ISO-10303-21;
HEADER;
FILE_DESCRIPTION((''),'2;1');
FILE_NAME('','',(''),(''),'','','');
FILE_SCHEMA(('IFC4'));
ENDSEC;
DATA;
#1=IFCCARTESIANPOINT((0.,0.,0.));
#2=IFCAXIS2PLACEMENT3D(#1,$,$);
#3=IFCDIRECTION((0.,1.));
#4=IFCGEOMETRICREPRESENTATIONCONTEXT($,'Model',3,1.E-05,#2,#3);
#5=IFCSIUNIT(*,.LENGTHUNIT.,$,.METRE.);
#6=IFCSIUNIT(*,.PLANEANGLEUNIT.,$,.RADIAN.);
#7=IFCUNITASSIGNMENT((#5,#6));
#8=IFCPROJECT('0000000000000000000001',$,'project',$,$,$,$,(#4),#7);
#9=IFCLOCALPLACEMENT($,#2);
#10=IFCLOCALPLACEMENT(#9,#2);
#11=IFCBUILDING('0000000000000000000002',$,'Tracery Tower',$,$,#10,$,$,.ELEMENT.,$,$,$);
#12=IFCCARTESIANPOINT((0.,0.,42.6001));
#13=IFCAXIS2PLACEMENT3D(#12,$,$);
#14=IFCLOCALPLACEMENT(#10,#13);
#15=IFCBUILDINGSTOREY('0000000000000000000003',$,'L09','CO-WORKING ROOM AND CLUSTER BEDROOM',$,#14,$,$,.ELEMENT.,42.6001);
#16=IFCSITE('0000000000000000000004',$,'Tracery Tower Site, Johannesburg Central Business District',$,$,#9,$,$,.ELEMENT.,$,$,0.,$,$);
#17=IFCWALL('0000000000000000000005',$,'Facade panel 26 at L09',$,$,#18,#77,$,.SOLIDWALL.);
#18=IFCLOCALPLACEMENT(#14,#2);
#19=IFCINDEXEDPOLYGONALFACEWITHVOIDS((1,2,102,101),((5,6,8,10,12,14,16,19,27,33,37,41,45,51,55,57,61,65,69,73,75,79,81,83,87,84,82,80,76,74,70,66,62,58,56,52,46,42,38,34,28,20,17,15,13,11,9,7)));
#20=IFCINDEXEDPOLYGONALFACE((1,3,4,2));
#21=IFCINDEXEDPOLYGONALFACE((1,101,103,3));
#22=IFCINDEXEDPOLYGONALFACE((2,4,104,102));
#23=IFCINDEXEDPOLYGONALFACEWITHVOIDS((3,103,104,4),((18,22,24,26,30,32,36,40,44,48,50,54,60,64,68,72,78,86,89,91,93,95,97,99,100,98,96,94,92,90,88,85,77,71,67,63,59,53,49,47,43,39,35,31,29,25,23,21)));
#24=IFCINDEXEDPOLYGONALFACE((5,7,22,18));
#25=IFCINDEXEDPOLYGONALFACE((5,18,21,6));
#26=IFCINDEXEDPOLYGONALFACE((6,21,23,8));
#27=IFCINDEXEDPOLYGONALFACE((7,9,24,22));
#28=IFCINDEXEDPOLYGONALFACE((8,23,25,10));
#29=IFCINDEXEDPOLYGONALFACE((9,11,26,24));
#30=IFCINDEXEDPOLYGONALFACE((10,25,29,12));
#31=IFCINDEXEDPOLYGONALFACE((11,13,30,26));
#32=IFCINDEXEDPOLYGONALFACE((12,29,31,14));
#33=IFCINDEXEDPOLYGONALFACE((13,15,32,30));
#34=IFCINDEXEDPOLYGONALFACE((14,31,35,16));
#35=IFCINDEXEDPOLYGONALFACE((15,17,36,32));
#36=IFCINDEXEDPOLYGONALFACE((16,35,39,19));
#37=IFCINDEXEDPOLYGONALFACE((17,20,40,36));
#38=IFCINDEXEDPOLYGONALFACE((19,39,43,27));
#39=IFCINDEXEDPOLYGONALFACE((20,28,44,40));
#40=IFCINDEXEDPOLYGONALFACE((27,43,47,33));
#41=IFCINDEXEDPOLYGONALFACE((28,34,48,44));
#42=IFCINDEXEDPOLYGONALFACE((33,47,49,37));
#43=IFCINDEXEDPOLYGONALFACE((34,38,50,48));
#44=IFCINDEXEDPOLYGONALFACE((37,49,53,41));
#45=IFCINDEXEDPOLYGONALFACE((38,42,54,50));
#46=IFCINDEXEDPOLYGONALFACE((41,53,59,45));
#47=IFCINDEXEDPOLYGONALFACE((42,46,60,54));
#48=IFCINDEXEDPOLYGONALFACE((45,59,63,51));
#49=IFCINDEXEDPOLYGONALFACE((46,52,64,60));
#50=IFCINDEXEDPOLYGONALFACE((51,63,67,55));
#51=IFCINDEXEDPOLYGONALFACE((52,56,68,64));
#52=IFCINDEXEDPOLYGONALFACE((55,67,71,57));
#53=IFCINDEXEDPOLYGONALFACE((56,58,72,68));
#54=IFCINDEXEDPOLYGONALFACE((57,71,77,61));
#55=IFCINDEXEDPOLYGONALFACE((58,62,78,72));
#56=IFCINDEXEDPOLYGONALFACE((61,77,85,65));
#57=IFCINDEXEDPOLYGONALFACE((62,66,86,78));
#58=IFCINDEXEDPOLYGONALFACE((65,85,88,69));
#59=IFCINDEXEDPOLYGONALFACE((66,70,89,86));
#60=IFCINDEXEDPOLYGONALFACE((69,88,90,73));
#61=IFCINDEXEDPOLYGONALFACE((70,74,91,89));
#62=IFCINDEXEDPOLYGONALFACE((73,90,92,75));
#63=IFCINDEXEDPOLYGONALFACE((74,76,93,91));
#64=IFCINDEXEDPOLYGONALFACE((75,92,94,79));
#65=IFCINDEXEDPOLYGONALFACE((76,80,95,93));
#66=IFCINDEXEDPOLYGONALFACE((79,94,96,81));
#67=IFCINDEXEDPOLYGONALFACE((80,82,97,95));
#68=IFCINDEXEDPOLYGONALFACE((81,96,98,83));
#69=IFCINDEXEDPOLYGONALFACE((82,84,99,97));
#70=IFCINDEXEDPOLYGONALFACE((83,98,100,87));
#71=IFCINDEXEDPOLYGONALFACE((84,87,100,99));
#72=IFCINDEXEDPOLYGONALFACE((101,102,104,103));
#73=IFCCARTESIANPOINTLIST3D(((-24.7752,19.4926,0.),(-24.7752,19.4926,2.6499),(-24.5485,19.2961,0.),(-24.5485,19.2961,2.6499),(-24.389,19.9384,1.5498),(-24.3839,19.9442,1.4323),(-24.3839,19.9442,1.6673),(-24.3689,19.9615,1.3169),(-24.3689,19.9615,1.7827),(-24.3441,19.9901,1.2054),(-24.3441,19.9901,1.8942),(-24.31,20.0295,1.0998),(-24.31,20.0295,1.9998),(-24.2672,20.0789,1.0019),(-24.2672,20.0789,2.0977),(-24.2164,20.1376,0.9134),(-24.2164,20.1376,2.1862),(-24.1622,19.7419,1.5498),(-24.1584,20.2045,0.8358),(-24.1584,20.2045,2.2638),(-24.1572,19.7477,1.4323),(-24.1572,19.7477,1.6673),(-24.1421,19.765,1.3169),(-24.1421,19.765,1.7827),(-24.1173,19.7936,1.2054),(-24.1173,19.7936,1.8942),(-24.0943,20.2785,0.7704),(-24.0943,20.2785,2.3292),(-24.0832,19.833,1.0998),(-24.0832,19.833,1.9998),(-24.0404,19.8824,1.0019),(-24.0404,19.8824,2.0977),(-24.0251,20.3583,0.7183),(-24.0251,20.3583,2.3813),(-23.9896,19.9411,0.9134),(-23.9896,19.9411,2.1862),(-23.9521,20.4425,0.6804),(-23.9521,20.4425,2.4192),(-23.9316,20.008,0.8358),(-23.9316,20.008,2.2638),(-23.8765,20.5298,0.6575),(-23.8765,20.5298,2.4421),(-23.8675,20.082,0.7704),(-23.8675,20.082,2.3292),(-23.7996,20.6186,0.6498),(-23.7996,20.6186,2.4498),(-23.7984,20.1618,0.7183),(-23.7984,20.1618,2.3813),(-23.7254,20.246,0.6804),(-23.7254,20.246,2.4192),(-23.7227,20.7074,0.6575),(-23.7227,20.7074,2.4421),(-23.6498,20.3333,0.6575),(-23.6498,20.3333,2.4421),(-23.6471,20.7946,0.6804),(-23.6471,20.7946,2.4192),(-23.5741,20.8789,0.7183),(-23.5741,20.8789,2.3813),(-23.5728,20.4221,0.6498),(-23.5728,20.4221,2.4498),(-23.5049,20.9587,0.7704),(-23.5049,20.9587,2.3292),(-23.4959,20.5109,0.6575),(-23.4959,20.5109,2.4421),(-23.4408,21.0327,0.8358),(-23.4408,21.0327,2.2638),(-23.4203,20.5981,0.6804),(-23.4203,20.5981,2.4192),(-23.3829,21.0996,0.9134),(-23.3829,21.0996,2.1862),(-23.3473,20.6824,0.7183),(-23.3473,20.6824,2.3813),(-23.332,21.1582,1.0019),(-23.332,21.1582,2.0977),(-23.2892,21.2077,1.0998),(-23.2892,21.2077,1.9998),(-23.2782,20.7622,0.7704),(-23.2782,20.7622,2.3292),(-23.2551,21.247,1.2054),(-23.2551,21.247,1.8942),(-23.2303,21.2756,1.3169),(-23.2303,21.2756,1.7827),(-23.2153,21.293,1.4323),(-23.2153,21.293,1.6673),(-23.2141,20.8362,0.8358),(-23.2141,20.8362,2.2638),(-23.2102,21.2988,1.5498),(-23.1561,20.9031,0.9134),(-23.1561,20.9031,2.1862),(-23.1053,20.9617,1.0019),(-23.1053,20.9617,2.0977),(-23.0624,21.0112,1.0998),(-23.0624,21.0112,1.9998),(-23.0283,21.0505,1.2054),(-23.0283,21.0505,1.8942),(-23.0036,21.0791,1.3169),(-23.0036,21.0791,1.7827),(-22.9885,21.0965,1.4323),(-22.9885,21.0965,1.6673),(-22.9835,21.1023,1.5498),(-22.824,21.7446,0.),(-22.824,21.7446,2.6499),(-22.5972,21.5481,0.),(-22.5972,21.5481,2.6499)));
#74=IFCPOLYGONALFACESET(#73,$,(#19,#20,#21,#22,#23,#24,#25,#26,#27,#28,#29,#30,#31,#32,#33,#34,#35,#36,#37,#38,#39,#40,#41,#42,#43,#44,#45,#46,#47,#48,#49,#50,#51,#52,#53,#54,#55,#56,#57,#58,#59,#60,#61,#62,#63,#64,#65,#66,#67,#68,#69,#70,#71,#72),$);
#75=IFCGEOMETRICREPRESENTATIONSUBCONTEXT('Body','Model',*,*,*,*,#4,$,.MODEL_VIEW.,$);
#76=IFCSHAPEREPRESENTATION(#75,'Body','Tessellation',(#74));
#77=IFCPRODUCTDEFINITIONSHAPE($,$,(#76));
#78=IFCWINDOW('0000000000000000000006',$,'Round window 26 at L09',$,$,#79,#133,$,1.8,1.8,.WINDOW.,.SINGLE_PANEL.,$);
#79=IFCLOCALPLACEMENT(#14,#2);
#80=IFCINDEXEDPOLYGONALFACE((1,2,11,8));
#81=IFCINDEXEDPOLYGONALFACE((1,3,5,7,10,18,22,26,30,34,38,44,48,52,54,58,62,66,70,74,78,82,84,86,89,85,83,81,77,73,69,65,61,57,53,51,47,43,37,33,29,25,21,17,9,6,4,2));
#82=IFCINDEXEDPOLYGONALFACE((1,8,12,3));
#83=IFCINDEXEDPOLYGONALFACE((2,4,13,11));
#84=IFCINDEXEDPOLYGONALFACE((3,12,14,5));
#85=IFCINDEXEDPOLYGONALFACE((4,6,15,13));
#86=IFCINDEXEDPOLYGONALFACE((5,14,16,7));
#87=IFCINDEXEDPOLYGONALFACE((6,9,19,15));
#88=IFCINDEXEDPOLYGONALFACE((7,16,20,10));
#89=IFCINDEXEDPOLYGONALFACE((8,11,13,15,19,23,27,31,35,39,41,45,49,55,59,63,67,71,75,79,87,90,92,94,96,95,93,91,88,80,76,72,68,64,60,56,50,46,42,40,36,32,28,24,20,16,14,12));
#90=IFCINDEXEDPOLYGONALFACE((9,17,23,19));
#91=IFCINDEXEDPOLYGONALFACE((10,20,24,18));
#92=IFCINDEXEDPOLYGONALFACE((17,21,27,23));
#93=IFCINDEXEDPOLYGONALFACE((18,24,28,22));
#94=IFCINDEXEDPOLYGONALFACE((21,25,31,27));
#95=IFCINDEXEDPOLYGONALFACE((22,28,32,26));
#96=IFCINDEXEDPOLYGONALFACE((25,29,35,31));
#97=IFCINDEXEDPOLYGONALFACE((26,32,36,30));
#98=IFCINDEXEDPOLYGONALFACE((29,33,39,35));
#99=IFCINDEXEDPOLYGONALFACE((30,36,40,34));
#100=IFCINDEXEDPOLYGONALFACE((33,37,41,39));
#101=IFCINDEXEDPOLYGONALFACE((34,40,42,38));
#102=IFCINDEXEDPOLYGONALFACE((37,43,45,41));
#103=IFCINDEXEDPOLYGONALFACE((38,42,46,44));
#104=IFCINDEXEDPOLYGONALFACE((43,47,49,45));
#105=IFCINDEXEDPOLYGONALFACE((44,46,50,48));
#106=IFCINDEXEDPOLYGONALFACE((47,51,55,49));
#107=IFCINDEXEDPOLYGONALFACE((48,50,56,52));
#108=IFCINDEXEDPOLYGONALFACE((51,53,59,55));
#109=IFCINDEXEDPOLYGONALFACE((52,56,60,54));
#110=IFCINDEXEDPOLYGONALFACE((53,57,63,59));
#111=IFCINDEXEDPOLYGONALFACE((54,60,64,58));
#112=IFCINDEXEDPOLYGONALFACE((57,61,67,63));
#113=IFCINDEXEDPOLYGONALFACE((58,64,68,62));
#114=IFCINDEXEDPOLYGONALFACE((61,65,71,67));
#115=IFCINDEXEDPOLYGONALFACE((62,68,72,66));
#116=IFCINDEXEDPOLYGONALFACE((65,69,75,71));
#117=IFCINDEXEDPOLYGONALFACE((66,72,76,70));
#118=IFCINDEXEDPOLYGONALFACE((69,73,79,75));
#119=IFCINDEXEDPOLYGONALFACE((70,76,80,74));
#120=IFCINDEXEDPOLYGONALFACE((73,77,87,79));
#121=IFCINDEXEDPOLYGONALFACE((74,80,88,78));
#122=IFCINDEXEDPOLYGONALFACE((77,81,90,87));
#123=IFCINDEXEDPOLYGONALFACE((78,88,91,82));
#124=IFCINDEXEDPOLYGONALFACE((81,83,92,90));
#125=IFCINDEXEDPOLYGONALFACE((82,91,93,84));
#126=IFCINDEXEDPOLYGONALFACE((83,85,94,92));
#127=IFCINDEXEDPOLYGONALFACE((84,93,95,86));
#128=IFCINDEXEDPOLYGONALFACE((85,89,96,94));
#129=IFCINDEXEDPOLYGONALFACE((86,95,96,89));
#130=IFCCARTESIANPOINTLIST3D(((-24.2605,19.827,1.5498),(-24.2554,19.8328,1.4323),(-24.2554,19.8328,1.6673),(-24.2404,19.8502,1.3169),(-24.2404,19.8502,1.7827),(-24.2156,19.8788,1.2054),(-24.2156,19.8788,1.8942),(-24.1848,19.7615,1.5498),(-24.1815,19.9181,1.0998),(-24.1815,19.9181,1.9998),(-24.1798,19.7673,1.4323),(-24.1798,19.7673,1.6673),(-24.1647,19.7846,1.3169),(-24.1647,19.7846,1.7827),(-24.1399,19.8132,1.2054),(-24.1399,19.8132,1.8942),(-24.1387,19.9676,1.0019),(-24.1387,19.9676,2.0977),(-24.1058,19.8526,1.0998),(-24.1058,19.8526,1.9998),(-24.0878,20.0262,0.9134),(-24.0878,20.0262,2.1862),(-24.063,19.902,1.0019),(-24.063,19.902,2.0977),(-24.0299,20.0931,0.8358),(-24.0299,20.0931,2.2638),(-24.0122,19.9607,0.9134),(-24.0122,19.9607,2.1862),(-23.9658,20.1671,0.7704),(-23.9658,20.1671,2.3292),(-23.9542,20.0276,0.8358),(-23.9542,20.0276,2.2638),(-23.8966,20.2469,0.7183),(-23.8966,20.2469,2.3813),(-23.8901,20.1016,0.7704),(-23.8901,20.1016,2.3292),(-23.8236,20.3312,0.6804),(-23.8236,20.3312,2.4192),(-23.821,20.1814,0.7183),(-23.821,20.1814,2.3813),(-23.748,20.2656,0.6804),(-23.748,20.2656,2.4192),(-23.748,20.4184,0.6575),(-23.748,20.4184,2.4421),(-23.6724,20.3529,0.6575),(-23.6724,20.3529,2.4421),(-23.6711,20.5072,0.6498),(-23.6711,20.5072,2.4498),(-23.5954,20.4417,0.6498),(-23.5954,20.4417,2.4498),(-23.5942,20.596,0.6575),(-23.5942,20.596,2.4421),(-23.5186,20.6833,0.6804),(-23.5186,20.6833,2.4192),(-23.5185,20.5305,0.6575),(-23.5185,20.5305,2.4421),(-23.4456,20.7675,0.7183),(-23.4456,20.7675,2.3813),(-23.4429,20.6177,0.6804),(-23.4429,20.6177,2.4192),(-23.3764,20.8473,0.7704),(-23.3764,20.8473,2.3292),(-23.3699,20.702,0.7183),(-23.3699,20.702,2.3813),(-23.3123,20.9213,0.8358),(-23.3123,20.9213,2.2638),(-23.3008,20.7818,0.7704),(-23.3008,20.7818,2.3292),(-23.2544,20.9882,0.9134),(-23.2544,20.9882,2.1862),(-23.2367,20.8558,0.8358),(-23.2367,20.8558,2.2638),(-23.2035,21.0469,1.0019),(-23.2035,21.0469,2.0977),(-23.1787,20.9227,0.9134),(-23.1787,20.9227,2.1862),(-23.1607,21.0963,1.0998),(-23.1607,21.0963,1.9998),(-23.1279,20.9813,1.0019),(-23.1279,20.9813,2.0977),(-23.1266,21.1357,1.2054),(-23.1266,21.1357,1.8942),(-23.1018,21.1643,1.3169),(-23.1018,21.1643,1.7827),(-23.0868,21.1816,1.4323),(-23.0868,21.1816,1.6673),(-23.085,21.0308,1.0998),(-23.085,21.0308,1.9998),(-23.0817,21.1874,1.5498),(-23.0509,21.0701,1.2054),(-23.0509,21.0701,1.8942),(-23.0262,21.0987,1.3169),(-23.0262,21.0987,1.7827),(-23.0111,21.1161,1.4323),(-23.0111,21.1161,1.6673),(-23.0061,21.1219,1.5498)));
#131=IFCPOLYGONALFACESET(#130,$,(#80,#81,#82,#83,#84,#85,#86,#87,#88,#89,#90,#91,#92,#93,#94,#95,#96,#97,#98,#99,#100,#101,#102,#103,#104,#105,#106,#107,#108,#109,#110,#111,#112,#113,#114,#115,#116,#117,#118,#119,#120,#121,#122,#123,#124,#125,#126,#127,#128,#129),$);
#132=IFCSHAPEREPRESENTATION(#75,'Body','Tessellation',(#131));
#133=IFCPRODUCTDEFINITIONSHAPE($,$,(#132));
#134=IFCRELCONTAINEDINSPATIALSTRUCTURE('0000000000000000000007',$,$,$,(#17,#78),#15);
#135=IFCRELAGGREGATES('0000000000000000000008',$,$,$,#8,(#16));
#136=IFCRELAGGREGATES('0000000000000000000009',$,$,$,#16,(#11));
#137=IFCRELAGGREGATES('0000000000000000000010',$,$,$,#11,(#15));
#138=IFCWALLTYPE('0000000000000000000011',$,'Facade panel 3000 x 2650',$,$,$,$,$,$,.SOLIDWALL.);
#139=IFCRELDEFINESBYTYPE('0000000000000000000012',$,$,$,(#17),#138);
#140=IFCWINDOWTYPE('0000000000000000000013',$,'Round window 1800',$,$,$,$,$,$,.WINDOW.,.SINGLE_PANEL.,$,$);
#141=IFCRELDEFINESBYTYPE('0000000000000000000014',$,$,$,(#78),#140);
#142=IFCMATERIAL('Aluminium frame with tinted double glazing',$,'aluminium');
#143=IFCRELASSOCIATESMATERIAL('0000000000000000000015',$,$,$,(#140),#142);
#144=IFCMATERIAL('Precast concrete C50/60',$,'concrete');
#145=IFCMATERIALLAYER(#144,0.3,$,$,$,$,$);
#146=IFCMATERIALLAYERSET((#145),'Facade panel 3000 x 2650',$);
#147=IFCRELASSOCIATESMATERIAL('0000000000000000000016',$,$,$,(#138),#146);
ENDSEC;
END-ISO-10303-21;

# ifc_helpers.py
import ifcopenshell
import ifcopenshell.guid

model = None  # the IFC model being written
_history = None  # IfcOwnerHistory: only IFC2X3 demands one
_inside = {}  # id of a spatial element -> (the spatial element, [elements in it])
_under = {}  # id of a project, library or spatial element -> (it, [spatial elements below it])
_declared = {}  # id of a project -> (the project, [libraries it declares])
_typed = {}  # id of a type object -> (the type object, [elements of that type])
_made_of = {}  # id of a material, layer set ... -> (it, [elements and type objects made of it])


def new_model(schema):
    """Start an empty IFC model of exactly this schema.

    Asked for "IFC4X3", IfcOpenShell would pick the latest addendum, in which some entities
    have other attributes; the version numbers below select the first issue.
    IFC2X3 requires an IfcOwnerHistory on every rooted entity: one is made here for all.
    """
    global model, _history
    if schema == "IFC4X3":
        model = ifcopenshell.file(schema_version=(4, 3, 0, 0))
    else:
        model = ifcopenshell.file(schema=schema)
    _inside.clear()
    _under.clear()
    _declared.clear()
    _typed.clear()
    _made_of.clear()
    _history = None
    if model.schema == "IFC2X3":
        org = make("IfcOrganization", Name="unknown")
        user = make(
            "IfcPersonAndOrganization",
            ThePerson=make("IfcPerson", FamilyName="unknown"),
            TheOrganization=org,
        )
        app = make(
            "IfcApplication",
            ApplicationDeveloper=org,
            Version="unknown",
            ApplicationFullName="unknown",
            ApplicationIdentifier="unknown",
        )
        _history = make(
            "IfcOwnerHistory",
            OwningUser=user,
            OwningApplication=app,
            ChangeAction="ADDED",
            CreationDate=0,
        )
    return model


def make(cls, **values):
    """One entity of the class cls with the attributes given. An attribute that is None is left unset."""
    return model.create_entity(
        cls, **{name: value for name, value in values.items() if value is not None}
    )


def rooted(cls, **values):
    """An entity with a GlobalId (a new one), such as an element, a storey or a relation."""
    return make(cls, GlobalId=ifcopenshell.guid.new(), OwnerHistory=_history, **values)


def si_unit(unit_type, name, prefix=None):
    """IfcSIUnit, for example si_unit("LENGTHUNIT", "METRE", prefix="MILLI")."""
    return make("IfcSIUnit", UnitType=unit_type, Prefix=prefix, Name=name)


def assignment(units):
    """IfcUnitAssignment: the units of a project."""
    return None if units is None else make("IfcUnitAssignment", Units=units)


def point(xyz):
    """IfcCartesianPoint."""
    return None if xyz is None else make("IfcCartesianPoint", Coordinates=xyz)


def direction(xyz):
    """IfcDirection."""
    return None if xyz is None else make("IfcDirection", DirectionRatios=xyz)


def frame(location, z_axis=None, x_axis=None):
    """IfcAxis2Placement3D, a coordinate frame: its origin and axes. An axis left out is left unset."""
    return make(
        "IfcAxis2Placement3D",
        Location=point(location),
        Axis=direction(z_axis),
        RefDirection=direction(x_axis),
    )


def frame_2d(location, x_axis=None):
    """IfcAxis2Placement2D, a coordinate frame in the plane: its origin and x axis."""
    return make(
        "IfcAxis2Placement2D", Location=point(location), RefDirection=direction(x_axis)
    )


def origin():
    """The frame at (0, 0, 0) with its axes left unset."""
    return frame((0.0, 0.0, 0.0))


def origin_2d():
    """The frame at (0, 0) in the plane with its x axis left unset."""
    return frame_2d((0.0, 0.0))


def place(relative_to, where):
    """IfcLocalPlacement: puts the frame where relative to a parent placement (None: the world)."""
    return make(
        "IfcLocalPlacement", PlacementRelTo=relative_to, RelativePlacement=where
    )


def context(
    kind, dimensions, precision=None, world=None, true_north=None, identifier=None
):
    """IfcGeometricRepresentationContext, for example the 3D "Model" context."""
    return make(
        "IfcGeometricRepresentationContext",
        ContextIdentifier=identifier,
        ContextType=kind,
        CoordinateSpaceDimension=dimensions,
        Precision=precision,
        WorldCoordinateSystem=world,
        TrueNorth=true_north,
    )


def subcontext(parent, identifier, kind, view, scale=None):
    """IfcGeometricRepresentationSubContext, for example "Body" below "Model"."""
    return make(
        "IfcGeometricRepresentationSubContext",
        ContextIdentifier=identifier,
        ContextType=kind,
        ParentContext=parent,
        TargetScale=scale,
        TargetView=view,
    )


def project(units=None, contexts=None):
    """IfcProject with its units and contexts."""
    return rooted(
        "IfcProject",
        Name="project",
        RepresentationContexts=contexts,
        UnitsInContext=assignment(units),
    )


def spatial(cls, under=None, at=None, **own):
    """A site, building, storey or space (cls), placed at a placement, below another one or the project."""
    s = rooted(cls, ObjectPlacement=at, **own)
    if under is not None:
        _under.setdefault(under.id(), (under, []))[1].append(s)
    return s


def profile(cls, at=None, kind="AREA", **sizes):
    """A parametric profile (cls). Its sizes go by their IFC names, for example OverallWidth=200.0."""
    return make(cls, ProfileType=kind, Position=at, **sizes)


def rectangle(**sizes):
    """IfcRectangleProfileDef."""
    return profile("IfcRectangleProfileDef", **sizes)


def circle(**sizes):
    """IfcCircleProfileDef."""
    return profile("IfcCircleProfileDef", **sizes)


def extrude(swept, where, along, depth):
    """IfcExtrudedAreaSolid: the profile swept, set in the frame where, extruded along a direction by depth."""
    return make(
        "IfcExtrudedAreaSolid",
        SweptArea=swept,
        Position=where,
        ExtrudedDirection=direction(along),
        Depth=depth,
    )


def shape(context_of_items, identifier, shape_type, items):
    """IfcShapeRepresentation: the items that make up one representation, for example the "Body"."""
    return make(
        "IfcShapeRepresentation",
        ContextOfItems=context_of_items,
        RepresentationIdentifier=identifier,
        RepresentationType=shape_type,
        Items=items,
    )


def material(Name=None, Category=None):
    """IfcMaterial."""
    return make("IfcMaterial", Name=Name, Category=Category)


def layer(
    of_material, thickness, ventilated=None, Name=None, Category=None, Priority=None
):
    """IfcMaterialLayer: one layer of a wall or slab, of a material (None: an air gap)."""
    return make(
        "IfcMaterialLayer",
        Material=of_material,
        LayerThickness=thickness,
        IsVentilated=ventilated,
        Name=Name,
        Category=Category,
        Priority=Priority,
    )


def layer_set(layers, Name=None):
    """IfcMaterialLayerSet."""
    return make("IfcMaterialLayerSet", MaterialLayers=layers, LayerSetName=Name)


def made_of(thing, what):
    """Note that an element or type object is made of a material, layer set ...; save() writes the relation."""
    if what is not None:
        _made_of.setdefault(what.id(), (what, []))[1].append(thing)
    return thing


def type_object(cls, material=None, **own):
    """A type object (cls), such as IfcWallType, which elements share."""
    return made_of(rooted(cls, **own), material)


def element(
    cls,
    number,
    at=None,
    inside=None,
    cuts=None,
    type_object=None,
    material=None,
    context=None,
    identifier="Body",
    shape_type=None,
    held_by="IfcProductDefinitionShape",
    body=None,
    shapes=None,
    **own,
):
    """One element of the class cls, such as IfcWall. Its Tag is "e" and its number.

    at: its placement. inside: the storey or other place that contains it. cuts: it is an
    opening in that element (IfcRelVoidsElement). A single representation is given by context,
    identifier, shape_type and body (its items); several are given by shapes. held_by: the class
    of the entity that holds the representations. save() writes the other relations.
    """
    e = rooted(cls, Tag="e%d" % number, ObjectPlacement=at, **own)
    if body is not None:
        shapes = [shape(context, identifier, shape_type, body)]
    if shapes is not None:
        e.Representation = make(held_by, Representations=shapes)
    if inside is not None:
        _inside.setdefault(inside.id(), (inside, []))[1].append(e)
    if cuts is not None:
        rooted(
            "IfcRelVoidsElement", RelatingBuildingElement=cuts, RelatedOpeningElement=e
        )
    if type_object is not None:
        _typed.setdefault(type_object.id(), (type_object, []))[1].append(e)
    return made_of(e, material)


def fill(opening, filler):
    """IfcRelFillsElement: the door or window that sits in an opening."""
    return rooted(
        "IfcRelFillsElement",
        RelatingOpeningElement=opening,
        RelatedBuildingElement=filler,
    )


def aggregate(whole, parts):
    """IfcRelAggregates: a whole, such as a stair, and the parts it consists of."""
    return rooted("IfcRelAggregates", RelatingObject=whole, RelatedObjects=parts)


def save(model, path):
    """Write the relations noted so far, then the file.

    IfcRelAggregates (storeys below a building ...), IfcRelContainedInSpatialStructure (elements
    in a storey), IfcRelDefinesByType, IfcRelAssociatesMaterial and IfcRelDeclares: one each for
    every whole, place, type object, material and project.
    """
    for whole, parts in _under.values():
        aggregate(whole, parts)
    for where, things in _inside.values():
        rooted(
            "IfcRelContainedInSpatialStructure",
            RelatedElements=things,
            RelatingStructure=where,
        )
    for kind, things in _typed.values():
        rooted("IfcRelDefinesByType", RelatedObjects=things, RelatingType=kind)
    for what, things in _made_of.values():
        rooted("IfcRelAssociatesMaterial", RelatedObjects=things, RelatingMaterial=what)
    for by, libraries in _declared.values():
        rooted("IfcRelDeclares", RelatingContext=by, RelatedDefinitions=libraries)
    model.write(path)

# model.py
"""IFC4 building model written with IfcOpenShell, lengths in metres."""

from ifc_helpers import new_model, si_unit, direction, frame, frame_2d, origin, origin_2d, place, context, subcontext, project, spatial, rectangle, circle, extrude, material, layer, layer_set, type_object, element, fill, save


model = new_model("IFC4")

# Units and contexts
model_context = context("Model", 3, precision=1e-05, world=origin(), true_north=direction((0.0, 1.0)))
body_context = subcontext(model_context, "Body", "Model", "MODEL_VIEW")
ifc_project = project(units=[si_unit("LENGTHUNIT", "METRE"), si_unit("PLANEANGLEUNIT", "RADIAN")], contexts=[model_context])

# Site, building, storey
site_placement = place(None, origin())
site = spatial("IfcSite", under=ifc_project, at=site_placement, Name="Tracery Tower Site, Johannesburg Central Business District", CompositionType="ELEMENT", RefElevation=0.0)
building_placement = place(site_placement, origin())
building = spatial("IfcBuilding", under=site, at=building_placement, Name="Tracery Tower", CompositionType="ELEMENT")
storey_placement = place(building_placement, frame((0.0, 0.0, 42.6001)))
storey = spatial("IfcBuildingStorey", under=building, at=storey_placement, Name="L09", Description="CO-WORKING ROOM AND CLUSTER BEDROOM", CompositionType="ELEMENT", Elevation=42.6001)

# Wall, opening, window
ifc_material_1 = material(Name="Aluminium frame with tinted double glazing", Category="aluminium")
window_type = type_object("IfcWindowType", Name="Round window 1800", PartitioningType="SINGLE_PANEL", PredefinedType="WINDOW", material=ifc_material_1)
ifc_material_2 = material(Name="Precast concrete C50/60", Category="concrete")
ifc_layer_1 = layer(ifc_material_2, 0.3)
ifc_layer_set_1 = layer_set([ifc_layer_1], Name="Facade panel 3000 x 2650")
wall_type_1 = type_object("IfcWallType", Name="Facade panel 3000 x 2650", PredefinedType="SOLIDWALL", material=ifc_layer_set_1)
wall_1_placement = place(storey_placement, frame((-22.7107, 21.6462, 0.0), z_axis=(0.0, 0.0, 1.0), x_axis=(-0.654831, -0.755776, 0.0)))
wall_1 = element("IfcWall", 1, at=wall_1_placement, inside=storey, type_object=wall_type_1, Name="Facade panel 26 at L09", PredefinedType="SOLIDWALL", context=body_context, shape_type="SweptSolid", body=[
    extrude(rectangle(XDim=2.9797, YDim=0.3, at=frame_2d((1.4897, 0.0))), origin(), (0.0, 0.0, 1.0), 2.6499),
])
opening_1_placement = place(wall_1_placement, frame((1.4897, 0.0, 1.5498)))
opening_1 = element("IfcOpeningElement", 2, at=opening_1_placement, cuts=wall_1, PredefinedType="OPENING", context=body_context, shape_type="SweptSolid", body=[
    extrude(circle(Radius=0.9, at=origin_2d()), frame((0.0, 0.1599, 0.0), z_axis=(0.0, -1.0, 0.0), x_axis=(1.0, 0.0, 0.0)), (0.0, 0.0, 1.0), 0.3201),
])
window_1_placement = place(opening_1_placement, origin())
window_1 = element("IfcWindow", 3, at=window_1_placement, inside=storey, type_object=window_type, Name="Round window 26 at L09", OverallHeight=1.8, OverallWidth=1.8, PartitioningType="SINGLE_PANEL", PredefinedType="WINDOW", context=body_context, shape_type="SweptSolid", body=[
    extrude(circle(Radius=0.9, at=origin_2d()), frame((0.0, 0.1201, 0.0), z_axis=(0.0, -1.0, 0.0), x_axis=(1.0, 0.0, 0.0)), (0.0, 0.0, 1.0), 0.1001),
])
fill(opening_1, window_1)

save(model, "model.ifc")
